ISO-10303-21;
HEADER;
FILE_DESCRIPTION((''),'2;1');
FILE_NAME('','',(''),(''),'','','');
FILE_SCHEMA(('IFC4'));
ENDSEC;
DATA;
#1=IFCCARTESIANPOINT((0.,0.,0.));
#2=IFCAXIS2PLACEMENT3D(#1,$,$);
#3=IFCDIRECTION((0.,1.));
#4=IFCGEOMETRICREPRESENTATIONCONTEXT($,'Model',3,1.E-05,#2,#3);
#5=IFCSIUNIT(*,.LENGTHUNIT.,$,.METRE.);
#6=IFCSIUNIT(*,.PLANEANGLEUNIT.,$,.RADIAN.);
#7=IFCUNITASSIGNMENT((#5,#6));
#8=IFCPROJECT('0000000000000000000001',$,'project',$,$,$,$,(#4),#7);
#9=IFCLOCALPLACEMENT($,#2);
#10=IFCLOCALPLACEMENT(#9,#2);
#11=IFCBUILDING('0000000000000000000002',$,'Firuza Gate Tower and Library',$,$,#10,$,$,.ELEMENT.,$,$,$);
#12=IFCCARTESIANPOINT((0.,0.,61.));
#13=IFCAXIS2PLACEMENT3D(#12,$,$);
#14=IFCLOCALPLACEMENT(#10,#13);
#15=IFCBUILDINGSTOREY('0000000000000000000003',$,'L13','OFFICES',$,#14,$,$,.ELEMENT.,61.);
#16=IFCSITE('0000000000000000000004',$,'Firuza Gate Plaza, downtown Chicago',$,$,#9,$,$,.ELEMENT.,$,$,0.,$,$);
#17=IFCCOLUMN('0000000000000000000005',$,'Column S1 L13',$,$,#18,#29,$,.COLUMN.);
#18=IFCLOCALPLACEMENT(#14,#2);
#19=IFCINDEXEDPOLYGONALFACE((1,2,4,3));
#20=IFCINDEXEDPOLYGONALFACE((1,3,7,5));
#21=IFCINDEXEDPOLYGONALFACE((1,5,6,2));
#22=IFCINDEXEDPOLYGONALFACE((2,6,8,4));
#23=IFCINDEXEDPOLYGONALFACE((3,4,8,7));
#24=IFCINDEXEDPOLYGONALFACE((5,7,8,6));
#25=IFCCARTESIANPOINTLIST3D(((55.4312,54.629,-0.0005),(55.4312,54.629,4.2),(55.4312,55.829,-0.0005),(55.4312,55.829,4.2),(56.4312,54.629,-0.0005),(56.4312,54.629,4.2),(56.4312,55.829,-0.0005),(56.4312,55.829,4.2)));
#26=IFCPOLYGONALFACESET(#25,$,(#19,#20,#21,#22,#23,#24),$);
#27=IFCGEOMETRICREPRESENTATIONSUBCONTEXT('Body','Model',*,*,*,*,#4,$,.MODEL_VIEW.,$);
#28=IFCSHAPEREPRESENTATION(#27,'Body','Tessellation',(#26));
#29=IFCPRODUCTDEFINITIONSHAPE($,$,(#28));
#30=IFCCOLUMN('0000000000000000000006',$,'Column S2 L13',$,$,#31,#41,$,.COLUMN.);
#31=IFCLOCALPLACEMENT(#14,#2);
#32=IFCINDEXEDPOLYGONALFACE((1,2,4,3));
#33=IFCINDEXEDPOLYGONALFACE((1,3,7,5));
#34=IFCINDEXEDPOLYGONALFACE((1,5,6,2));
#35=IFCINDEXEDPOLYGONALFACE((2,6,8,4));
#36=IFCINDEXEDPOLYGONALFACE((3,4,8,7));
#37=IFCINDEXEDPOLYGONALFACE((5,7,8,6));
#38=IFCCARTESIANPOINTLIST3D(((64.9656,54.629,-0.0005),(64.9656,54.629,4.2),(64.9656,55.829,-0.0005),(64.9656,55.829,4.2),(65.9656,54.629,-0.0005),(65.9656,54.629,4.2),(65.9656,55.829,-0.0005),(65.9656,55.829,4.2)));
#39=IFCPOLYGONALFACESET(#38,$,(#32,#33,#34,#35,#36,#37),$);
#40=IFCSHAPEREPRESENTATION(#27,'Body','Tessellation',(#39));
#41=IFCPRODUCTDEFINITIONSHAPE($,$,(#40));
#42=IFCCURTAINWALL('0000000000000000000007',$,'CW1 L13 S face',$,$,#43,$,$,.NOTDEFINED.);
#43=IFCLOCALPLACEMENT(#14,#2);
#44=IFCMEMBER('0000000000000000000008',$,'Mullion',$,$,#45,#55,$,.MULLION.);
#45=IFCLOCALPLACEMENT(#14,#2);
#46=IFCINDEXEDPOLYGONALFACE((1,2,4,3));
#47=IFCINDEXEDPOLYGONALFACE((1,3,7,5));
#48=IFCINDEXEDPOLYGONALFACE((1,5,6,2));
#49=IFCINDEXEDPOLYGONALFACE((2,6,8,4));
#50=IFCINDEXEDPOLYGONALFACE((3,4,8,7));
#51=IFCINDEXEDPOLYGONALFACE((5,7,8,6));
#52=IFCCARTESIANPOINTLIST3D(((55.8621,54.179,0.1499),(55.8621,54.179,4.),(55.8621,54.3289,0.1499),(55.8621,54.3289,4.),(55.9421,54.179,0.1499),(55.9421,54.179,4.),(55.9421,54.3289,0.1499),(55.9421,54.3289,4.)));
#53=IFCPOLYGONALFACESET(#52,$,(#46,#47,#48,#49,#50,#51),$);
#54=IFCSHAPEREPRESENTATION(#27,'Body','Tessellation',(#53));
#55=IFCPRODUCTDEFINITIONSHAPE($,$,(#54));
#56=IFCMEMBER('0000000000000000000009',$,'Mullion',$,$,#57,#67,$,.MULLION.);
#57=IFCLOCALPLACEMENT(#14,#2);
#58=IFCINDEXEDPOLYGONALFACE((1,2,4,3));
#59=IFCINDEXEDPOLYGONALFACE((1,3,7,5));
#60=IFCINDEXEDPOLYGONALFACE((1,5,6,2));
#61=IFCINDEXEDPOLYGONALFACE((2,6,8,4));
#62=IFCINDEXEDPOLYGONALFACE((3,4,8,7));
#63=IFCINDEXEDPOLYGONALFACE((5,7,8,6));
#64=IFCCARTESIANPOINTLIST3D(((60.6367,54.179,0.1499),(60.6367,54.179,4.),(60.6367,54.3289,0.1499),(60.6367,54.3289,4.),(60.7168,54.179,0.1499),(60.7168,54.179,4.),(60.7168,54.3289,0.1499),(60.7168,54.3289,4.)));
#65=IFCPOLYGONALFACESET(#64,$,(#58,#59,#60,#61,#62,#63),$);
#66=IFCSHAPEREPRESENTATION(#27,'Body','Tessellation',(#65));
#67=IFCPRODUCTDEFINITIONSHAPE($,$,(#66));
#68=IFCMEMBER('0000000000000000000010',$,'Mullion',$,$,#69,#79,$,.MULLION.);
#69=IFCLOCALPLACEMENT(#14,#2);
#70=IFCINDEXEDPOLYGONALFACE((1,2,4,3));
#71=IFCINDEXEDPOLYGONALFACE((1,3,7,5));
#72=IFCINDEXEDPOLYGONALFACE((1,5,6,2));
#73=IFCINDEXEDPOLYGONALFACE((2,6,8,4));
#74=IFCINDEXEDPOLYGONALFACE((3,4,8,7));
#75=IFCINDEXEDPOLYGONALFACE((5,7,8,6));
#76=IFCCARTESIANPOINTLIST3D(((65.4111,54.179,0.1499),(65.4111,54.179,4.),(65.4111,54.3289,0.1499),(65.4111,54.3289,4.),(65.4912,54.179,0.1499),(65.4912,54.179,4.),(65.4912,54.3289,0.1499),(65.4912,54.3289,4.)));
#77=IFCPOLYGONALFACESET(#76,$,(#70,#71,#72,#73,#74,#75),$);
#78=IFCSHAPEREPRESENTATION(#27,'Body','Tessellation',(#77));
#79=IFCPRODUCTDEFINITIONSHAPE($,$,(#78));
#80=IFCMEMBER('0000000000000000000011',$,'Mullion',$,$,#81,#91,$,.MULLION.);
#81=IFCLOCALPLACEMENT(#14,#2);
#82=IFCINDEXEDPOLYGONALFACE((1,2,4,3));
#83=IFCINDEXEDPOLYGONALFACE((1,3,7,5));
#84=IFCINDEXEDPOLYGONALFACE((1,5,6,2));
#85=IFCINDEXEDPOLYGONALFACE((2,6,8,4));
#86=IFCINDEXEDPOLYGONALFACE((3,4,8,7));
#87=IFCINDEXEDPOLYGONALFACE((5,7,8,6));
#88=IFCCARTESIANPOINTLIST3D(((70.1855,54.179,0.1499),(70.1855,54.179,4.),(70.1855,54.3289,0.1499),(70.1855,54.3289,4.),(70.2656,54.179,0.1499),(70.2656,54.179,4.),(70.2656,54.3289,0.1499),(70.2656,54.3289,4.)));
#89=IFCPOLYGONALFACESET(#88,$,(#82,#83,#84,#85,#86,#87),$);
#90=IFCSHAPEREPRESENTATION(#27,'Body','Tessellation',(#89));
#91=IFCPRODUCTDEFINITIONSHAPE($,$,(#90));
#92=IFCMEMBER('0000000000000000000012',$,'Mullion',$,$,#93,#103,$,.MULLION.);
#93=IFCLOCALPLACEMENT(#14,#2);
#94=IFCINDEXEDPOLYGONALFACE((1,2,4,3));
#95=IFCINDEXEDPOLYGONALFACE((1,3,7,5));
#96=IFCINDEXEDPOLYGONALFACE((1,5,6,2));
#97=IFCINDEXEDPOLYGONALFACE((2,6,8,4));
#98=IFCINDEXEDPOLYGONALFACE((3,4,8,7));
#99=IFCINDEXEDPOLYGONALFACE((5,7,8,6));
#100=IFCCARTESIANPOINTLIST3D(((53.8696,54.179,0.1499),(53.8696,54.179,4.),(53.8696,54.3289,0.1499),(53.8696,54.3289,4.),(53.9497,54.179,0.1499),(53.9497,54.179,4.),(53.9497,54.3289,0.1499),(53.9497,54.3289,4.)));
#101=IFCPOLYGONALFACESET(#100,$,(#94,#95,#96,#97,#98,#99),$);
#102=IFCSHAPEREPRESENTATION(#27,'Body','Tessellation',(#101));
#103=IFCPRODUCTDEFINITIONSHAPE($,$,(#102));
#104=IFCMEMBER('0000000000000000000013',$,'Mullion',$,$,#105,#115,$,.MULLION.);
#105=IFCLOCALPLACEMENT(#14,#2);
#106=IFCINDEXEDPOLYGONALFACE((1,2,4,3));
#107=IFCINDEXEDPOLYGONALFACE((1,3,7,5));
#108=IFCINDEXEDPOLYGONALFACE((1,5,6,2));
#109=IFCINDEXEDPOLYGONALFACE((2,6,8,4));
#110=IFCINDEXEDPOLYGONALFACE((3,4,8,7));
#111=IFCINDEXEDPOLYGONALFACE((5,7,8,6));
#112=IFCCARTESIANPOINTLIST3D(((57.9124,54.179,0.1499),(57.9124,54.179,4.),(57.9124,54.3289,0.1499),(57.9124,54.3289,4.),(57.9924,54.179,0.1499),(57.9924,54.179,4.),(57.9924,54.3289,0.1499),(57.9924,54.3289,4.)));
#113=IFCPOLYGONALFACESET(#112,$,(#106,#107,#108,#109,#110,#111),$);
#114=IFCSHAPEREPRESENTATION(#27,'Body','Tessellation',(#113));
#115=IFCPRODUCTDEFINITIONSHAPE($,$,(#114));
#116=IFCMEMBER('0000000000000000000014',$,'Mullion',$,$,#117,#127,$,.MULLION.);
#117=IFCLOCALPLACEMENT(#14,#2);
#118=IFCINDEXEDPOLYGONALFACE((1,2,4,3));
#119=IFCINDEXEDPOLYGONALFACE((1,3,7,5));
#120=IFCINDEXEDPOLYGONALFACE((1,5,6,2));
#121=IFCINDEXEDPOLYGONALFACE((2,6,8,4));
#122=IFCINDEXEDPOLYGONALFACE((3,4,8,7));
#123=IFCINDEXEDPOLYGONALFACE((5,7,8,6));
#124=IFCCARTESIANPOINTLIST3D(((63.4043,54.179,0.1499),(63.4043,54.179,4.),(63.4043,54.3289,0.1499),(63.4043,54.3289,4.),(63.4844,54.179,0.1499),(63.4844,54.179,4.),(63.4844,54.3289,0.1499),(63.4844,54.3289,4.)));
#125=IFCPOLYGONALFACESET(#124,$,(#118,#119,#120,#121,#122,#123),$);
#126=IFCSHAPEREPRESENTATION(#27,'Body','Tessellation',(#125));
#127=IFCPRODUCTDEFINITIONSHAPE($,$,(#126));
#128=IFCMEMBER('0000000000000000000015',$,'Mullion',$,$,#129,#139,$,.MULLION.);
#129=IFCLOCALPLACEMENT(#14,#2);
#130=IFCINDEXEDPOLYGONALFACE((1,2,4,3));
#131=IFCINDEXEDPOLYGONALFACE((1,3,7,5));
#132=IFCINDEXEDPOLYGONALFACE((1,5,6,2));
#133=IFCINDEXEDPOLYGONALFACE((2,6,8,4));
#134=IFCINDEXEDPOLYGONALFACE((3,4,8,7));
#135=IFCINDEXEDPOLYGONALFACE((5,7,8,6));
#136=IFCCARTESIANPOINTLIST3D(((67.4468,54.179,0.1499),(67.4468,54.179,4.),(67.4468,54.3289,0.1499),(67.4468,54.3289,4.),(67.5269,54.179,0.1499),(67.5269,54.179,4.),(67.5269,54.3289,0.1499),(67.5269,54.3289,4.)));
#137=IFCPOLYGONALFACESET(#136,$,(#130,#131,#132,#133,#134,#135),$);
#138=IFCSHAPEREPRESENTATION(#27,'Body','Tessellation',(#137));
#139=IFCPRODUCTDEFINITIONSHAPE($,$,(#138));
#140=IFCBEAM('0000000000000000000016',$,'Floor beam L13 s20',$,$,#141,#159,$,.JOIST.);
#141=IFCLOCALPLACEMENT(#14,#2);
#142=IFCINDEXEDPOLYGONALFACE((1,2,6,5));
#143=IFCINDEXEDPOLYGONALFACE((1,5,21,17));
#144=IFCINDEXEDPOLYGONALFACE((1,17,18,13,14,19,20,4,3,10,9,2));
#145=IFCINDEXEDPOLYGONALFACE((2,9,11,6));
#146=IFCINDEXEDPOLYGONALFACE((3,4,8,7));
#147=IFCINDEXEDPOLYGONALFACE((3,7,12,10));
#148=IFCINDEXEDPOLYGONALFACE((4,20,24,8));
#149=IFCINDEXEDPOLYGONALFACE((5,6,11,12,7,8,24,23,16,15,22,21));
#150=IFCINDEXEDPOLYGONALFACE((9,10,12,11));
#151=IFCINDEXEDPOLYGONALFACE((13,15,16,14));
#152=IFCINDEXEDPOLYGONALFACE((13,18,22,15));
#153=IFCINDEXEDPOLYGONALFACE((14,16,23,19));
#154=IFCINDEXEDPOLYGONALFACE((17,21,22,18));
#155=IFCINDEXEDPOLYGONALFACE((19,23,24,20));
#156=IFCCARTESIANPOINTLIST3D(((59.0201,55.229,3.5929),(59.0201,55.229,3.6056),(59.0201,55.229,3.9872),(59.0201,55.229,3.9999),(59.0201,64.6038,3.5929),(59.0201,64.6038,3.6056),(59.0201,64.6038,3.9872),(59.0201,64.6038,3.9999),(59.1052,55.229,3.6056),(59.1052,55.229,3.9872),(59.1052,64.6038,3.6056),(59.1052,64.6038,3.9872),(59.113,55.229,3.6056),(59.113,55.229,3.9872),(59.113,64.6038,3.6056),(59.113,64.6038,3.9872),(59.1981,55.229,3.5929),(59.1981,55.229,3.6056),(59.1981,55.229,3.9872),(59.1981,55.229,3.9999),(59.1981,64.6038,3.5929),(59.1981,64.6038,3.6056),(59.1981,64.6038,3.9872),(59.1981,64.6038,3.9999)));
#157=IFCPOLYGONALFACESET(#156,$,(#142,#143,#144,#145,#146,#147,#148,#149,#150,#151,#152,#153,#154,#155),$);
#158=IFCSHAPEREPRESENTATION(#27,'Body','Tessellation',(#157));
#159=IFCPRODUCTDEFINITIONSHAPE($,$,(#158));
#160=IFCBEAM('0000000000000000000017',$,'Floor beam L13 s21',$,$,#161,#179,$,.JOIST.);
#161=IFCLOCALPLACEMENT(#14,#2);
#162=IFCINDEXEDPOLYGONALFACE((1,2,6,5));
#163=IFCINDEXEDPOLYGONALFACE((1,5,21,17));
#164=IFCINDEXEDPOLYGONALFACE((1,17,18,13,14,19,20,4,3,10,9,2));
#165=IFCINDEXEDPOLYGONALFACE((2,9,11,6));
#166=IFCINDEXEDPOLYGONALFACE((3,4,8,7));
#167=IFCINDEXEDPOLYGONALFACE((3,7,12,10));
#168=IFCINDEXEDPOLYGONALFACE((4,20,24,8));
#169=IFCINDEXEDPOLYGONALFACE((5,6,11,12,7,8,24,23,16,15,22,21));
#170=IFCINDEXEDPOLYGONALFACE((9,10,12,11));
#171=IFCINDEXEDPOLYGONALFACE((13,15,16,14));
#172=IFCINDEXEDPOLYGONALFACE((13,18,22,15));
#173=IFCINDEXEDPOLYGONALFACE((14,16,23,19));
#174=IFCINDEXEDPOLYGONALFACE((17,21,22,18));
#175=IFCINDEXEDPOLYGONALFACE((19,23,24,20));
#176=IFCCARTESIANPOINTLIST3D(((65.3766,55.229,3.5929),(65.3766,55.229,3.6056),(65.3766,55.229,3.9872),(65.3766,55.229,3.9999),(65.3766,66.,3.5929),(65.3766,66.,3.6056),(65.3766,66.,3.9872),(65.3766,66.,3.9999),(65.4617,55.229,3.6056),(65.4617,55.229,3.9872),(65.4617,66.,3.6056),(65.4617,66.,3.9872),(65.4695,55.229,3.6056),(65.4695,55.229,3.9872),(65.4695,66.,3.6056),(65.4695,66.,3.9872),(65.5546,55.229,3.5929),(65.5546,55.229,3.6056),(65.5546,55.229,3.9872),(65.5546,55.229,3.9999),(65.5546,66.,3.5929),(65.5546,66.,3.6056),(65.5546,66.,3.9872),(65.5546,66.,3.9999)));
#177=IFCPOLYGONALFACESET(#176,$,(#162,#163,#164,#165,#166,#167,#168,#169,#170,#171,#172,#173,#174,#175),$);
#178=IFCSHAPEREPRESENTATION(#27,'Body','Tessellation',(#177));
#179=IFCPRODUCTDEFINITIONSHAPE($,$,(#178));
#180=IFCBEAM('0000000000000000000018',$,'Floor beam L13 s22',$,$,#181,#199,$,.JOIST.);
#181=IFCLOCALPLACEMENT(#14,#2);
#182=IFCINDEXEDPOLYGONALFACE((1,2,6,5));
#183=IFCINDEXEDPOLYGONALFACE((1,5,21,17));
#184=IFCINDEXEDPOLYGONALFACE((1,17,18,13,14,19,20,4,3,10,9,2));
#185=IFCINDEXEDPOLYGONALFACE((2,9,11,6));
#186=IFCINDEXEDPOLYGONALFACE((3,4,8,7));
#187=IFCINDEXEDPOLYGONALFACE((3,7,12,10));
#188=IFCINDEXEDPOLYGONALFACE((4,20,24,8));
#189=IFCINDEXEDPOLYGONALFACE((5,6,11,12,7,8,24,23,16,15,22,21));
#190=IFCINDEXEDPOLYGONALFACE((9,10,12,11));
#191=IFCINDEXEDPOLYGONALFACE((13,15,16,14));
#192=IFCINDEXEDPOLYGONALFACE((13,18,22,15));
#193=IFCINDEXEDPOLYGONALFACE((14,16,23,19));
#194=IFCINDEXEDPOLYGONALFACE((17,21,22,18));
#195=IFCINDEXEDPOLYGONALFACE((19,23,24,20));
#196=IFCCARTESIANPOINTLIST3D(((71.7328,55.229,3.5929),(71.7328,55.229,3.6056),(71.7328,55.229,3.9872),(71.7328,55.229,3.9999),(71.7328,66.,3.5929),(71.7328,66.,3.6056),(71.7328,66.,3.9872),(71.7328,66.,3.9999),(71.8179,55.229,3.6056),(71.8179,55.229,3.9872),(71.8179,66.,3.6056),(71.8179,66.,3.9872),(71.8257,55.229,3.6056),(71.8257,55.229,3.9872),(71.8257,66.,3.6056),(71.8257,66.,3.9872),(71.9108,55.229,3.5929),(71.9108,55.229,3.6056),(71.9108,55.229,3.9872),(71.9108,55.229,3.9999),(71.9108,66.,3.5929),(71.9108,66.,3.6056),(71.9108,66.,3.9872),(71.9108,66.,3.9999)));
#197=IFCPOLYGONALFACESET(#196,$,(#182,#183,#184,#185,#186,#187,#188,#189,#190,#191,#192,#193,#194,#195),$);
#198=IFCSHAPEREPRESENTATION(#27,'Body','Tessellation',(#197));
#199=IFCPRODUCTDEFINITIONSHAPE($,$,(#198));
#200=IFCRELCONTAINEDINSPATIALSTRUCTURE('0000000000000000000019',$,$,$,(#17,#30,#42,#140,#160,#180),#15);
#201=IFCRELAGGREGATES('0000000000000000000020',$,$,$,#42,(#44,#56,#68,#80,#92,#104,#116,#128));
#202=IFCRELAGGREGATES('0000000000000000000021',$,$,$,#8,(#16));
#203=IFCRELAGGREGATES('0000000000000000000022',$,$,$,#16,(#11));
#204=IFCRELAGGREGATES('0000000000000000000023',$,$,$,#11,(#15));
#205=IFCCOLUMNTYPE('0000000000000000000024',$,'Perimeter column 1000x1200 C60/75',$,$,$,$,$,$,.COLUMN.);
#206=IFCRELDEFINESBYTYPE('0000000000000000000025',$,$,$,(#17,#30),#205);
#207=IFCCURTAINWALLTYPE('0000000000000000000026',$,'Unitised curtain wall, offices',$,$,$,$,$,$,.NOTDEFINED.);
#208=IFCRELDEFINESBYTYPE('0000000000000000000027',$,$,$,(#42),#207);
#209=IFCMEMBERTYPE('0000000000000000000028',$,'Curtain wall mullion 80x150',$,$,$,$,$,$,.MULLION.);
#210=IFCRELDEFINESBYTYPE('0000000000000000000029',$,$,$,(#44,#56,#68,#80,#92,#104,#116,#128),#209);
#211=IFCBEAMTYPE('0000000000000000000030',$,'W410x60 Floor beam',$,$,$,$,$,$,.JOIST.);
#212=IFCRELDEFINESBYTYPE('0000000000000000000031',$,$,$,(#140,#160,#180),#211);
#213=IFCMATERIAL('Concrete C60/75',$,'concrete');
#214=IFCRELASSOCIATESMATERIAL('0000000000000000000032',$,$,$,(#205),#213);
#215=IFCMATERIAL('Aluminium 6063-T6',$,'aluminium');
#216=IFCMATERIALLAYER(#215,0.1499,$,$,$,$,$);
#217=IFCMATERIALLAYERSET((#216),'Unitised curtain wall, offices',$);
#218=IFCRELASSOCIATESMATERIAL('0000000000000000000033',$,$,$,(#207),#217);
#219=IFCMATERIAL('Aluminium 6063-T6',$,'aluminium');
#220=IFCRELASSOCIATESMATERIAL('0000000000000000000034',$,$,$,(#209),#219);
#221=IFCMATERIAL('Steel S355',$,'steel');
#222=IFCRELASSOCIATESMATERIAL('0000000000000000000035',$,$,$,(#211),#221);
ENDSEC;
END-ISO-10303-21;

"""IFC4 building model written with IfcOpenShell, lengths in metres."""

from ifc_helpers import new_model, si_unit, direction, frame, origin, origin_2d, place, context, subcontext, project, spatial, rectangle, i_section, extrude, material, layer, layer_set, material_profile, profile_set, type_object, element, aggregate, save


model = new_model("IFC4")

# Units and contexts
model_context = context("Model", 3, precision=1e-05, world=origin(), true_north=direction((0.0, 1.0)))
body_context = subcontext(model_context, "Body", "Model", "MODEL_VIEW")
ifc_project = project(units=[si_unit("LENGTHUNIT", "METRE"), si_unit("PLANEANGLEUNIT", "RADIAN")], contexts=[model_context])

# Site, building, storey
site_placement = place(None, origin())
site = spatial("IfcSite", under=ifc_project, at=site_placement, Name="Firuza Gate Plaza, downtown Chicago", CompositionType="ELEMENT", RefElevation=0.0)
building_placement = place(site_placement, origin())
building = spatial("IfcBuilding", under=site, at=building_placement, Name="Firuza Gate Tower and Library", CompositionType="ELEMENT")
storey_placement = place(building_placement, frame((0.0, 0.0, 61.0)))
storey = spatial("IfcBuildingStorey", under=building, at=storey_placement, Name="L13", Description="OFFICES", CompositionType="ELEMENT", Elevation=61.0)

# Columns
ifc_material_1 = material(Name="Concrete C60/75", Category="concrete")
ifc_material_profile_1 = material_profile(ifc_material_1, rectangle(XDim=1.0, YDim=1.2, at=origin_2d()))
ifc_profile_set_1 = profile_set([ifc_material_profile_1], Name="Concrete C60/75")
column_type = type_object("IfcColumnType", Name="Perimeter column 1000x1200 C60/75", PredefinedType="COLUMN", material=ifc_profile_set_1)
for number, where, z_axis, x_axis, name in (
    (1, (55.9312, 55.229, -0.0005), (0.0, 0.0, 1.0), (1.0, 0.0, 0.0), "Column S1 L13"),
    (2, (65.4656, 55.229, -0.0005), (0.0, 0.0, 1.0), (1.0, 0.0, 0.0), "Column S2 L13"),
):
    element("IfcColumn", number, at=place(storey_placement, frame(where, z_axis=z_axis, x_axis=x_axis)), inside=storey, type_object=column_type, Name=name, PredefinedType="COLUMN", context=body_context, shape_type="SweptSolid", body=[
        extrude(rectangle(XDim=1.0, YDim=1.2, at=origin_2d()), origin(), (0.0, 0.0, 1.0), 4.2004),
    ])

# Curtain wall, members
ifc_material_2 = material(Name="Aluminium 6063-T6", Category="aluminium")
ifc_layer_1 = layer(ifc_material_2, 0.1499)
ifc_layer_set_1 = layer_set([ifc_layer_1], Name="Unitised curtain wall, offices")
curtain_wall_type = type_object("IfcCurtainWallType", Name="Unitised curtain wall, offices", PredefinedType="NOTDEFINED", material=ifc_layer_set_1)
curtain_wall_placement = place(storey_placement, origin())
curtain_wall = element("IfcCurtainWall", 3, at=curtain_wall_placement, inside=storey, type_object=curtain_wall_type, Name="CW1 L13 S face", PredefinedType="NOTDEFINED")
ifc_material_3 = material(Name="Aluminium 6063-T6", Category="aluminium")
ifc_material_profile_2 = material_profile(ifc_material_3, rectangle(XDim=0.1499, YDim=0.0801, at=origin_2d()))
ifc_profile_set_2 = profile_set([ifc_material_profile_2], Name="Aluminium 6063-T6")
member_type = type_object("IfcMemberType", Name="Curtain wall mullion 80x150", PredefinedType="MULLION", material=ifc_profile_set_2)
member_1_placement = place(storey_placement, frame((55.9021, 54.2539, 0.1499), z_axis=(0.0, 0.0, 1.0), x_axis=(0.0, 1.0, 0.0)))
member_1 = element("IfcMember", 4, at=member_1_placement, type_object=member_type, Name="Mullion", PredefinedType="MULLION", context=body_context, shape_type="SweptSolid", body=[
    extrude(rectangle(XDim=0.1499, YDim=0.0801, at=origin_2d()), origin(), (0.0, 0.0, 1.0), 3.8501),
])
member_2_placement = place(storey_placement, frame((60.6768, 54.2539, 0.1499), z_axis=(0.0, 0.0, 1.0), x_axis=(0.0, 1.0, 0.0)))
member_2 = element("IfcMember", 5, at=member_2_placement, type_object=member_type, Name="Mullion", PredefinedType="MULLION", context=body_context, shape_type="SweptSolid", body=[
    extrude(rectangle(XDim=0.1499, YDim=0.0801, at=origin_2d()), origin(), (0.0, 0.0, 1.0), 3.8501),
])
member_3_placement = place(storey_placement, frame((65.4512, 54.2539, 0.1499), z_axis=(0.0, 0.0, 1.0), x_axis=(0.0, 1.0, 0.0)))
member_3 = element("IfcMember", 6, at=member_3_placement, type_object=member_type, Name="Mullion", PredefinedType="MULLION", context=body_context, shape_type="SweptSolid", body=[
    extrude(rectangle(XDim=0.1499, YDim=0.0801, at=origin_2d()), origin(), (0.0, 0.0, 1.0), 3.8501),
])
member_4_placement = place(storey_placement, frame((70.2256, 54.2539, 0.1499), z_axis=(0.0, 0.0, 1.0), x_axis=(0.0, 1.0, 0.0)))
member_4 = element("IfcMember", 7, at=member_4_placement, type_object=member_type, Name="Mullion", PredefinedType="MULLION", context=body_context, shape_type="SweptSolid", body=[
    extrude(rectangle(XDim=0.1499, YDim=0.0801, at=origin_2d()), origin(), (0.0, 0.0, 1.0), 3.8501),
])
member_5_placement = place(storey_placement, frame((53.9097, 54.2539, 0.1499), z_axis=(0.0, 0.0, 1.0), x_axis=(0.0, 1.0, 0.0)))
member_5 = element("IfcMember", 8, at=member_5_placement, type_object=member_type, Name="Mullion", PredefinedType="MULLION", context=body_context, shape_type="SweptSolid", body=[
    extrude(rectangle(XDim=0.1499, YDim=0.0801, at=origin_2d()), origin(), (0.0, 0.0, 1.0), 3.8501),
])
member_6_placement = place(storey_placement, frame((57.9524, 54.2539, 0.1499), z_axis=(0.0, 0.0, 1.0), x_axis=(0.0, 1.0, 0.0)))
member_6 = element("IfcMember", 9, at=member_6_placement, type_object=member_type, Name="Mullion", PredefinedType="MULLION", context=body_context, shape_type="SweptSolid", body=[
    extrude(rectangle(XDim=0.1499, YDim=0.0801, at=origin_2d()), origin(), (0.0, 0.0, 1.0), 3.8501),
])
member_7_placement = place(storey_placement, frame((63.4443, 54.2539, 0.1499), z_axis=(0.0, 0.0, 1.0), x_axis=(0.0, 1.0, 0.0)))
member_7 = element("IfcMember", 10, at=member_7_placement, type_object=member_type, Name="Mullion", PredefinedType="MULLION", context=body_context, shape_type="SweptSolid", body=[
    extrude(rectangle(XDim=0.1499, YDim=0.0801, at=origin_2d()), origin(), (0.0, 0.0, 1.0), 3.8501),
])
member_8_placement = place(storey_placement, frame((67.4868, 54.2539, 0.1499), z_axis=(0.0, 0.0, 1.0), x_axis=(0.0, 1.0, 0.0)))
member_8 = element("IfcMember", 11, at=member_8_placement, type_object=member_type, Name="Mullion", PredefinedType="MULLION", context=body_context, shape_type="SweptSolid", body=[
    extrude(rectangle(XDim=0.1499, YDim=0.0801, at=origin_2d()), origin(), (0.0, 0.0, 1.0), 3.8501),
])

# Beams
ifc_material_4 = material(Name="Steel S355", Category="steel")
ifc_material_profile_3 = material_profile(ifc_material_4, i_section(OverallWidth=0.178, OverallDepth=0.407, WebThickness=0.0078, FlangeThickness=0.0127, at=origin_2d()))
ifc_profile_set_3 = profile_set([ifc_material_profile_3], Name="Steel S355")
beam_type_1 = type_object("IfcBeamType", Name="W410x60 Floor beam", PredefinedType="JOIST", material=ifc_profile_set_3)
beam_1_placement = place(storey_placement, frame((59.1091, 55.229, 3.7964), z_axis=(0.0, 1.0, 0.0), x_axis=(-1.0, 0.0, 0.0)))
element("IfcBeam", 12, at=beam_1_placement, inside=storey, type_object=beam_type_1, Name="Floor beam L13 s20", PredefinedType="JOIST", context=body_context, shape_type="SweptSolid", body=[
    extrude(i_section(OverallWidth=0.178, OverallDepth=0.407, WebThickness=0.0078, FlangeThickness=0.0127, at=origin_2d()), origin(), (0.0, 0.0, 1.0), 9.3748),
])
for number, where, z_axis, x_axis, name in (
    (13, (65.4656, 55.229, 3.7964), (0.0, 1.0, 0.0), (-1.0, 0.0, 0.0), "Floor beam L13 s21"),
    (14, (71.8218, 55.229, 3.7964), (0.0, 1.0, 0.0), (-1.0, 0.0, 0.0), "Floor beam L13 s22"),
):
    element("IfcBeam", number, at=place(storey_placement, frame(where, z_axis=z_axis, x_axis=x_axis)), inside=storey, type_object=beam_type_1, Name=name, PredefinedType="JOIST", context=body_context, shape_type="SweptSolid", body=[
        extrude(i_section(OverallWidth=0.178, OverallDepth=0.407, WebThickness=0.0078, FlangeThickness=0.0127, at=origin_2d()), origin(), (0.0, 0.0, 1.0), 10.771),
    ])

aggregate(curtain_wall, [member_1, member_2, member_3, member_4, member_5, member_6, member_7, member_8])

save(model, "model.ifc")
